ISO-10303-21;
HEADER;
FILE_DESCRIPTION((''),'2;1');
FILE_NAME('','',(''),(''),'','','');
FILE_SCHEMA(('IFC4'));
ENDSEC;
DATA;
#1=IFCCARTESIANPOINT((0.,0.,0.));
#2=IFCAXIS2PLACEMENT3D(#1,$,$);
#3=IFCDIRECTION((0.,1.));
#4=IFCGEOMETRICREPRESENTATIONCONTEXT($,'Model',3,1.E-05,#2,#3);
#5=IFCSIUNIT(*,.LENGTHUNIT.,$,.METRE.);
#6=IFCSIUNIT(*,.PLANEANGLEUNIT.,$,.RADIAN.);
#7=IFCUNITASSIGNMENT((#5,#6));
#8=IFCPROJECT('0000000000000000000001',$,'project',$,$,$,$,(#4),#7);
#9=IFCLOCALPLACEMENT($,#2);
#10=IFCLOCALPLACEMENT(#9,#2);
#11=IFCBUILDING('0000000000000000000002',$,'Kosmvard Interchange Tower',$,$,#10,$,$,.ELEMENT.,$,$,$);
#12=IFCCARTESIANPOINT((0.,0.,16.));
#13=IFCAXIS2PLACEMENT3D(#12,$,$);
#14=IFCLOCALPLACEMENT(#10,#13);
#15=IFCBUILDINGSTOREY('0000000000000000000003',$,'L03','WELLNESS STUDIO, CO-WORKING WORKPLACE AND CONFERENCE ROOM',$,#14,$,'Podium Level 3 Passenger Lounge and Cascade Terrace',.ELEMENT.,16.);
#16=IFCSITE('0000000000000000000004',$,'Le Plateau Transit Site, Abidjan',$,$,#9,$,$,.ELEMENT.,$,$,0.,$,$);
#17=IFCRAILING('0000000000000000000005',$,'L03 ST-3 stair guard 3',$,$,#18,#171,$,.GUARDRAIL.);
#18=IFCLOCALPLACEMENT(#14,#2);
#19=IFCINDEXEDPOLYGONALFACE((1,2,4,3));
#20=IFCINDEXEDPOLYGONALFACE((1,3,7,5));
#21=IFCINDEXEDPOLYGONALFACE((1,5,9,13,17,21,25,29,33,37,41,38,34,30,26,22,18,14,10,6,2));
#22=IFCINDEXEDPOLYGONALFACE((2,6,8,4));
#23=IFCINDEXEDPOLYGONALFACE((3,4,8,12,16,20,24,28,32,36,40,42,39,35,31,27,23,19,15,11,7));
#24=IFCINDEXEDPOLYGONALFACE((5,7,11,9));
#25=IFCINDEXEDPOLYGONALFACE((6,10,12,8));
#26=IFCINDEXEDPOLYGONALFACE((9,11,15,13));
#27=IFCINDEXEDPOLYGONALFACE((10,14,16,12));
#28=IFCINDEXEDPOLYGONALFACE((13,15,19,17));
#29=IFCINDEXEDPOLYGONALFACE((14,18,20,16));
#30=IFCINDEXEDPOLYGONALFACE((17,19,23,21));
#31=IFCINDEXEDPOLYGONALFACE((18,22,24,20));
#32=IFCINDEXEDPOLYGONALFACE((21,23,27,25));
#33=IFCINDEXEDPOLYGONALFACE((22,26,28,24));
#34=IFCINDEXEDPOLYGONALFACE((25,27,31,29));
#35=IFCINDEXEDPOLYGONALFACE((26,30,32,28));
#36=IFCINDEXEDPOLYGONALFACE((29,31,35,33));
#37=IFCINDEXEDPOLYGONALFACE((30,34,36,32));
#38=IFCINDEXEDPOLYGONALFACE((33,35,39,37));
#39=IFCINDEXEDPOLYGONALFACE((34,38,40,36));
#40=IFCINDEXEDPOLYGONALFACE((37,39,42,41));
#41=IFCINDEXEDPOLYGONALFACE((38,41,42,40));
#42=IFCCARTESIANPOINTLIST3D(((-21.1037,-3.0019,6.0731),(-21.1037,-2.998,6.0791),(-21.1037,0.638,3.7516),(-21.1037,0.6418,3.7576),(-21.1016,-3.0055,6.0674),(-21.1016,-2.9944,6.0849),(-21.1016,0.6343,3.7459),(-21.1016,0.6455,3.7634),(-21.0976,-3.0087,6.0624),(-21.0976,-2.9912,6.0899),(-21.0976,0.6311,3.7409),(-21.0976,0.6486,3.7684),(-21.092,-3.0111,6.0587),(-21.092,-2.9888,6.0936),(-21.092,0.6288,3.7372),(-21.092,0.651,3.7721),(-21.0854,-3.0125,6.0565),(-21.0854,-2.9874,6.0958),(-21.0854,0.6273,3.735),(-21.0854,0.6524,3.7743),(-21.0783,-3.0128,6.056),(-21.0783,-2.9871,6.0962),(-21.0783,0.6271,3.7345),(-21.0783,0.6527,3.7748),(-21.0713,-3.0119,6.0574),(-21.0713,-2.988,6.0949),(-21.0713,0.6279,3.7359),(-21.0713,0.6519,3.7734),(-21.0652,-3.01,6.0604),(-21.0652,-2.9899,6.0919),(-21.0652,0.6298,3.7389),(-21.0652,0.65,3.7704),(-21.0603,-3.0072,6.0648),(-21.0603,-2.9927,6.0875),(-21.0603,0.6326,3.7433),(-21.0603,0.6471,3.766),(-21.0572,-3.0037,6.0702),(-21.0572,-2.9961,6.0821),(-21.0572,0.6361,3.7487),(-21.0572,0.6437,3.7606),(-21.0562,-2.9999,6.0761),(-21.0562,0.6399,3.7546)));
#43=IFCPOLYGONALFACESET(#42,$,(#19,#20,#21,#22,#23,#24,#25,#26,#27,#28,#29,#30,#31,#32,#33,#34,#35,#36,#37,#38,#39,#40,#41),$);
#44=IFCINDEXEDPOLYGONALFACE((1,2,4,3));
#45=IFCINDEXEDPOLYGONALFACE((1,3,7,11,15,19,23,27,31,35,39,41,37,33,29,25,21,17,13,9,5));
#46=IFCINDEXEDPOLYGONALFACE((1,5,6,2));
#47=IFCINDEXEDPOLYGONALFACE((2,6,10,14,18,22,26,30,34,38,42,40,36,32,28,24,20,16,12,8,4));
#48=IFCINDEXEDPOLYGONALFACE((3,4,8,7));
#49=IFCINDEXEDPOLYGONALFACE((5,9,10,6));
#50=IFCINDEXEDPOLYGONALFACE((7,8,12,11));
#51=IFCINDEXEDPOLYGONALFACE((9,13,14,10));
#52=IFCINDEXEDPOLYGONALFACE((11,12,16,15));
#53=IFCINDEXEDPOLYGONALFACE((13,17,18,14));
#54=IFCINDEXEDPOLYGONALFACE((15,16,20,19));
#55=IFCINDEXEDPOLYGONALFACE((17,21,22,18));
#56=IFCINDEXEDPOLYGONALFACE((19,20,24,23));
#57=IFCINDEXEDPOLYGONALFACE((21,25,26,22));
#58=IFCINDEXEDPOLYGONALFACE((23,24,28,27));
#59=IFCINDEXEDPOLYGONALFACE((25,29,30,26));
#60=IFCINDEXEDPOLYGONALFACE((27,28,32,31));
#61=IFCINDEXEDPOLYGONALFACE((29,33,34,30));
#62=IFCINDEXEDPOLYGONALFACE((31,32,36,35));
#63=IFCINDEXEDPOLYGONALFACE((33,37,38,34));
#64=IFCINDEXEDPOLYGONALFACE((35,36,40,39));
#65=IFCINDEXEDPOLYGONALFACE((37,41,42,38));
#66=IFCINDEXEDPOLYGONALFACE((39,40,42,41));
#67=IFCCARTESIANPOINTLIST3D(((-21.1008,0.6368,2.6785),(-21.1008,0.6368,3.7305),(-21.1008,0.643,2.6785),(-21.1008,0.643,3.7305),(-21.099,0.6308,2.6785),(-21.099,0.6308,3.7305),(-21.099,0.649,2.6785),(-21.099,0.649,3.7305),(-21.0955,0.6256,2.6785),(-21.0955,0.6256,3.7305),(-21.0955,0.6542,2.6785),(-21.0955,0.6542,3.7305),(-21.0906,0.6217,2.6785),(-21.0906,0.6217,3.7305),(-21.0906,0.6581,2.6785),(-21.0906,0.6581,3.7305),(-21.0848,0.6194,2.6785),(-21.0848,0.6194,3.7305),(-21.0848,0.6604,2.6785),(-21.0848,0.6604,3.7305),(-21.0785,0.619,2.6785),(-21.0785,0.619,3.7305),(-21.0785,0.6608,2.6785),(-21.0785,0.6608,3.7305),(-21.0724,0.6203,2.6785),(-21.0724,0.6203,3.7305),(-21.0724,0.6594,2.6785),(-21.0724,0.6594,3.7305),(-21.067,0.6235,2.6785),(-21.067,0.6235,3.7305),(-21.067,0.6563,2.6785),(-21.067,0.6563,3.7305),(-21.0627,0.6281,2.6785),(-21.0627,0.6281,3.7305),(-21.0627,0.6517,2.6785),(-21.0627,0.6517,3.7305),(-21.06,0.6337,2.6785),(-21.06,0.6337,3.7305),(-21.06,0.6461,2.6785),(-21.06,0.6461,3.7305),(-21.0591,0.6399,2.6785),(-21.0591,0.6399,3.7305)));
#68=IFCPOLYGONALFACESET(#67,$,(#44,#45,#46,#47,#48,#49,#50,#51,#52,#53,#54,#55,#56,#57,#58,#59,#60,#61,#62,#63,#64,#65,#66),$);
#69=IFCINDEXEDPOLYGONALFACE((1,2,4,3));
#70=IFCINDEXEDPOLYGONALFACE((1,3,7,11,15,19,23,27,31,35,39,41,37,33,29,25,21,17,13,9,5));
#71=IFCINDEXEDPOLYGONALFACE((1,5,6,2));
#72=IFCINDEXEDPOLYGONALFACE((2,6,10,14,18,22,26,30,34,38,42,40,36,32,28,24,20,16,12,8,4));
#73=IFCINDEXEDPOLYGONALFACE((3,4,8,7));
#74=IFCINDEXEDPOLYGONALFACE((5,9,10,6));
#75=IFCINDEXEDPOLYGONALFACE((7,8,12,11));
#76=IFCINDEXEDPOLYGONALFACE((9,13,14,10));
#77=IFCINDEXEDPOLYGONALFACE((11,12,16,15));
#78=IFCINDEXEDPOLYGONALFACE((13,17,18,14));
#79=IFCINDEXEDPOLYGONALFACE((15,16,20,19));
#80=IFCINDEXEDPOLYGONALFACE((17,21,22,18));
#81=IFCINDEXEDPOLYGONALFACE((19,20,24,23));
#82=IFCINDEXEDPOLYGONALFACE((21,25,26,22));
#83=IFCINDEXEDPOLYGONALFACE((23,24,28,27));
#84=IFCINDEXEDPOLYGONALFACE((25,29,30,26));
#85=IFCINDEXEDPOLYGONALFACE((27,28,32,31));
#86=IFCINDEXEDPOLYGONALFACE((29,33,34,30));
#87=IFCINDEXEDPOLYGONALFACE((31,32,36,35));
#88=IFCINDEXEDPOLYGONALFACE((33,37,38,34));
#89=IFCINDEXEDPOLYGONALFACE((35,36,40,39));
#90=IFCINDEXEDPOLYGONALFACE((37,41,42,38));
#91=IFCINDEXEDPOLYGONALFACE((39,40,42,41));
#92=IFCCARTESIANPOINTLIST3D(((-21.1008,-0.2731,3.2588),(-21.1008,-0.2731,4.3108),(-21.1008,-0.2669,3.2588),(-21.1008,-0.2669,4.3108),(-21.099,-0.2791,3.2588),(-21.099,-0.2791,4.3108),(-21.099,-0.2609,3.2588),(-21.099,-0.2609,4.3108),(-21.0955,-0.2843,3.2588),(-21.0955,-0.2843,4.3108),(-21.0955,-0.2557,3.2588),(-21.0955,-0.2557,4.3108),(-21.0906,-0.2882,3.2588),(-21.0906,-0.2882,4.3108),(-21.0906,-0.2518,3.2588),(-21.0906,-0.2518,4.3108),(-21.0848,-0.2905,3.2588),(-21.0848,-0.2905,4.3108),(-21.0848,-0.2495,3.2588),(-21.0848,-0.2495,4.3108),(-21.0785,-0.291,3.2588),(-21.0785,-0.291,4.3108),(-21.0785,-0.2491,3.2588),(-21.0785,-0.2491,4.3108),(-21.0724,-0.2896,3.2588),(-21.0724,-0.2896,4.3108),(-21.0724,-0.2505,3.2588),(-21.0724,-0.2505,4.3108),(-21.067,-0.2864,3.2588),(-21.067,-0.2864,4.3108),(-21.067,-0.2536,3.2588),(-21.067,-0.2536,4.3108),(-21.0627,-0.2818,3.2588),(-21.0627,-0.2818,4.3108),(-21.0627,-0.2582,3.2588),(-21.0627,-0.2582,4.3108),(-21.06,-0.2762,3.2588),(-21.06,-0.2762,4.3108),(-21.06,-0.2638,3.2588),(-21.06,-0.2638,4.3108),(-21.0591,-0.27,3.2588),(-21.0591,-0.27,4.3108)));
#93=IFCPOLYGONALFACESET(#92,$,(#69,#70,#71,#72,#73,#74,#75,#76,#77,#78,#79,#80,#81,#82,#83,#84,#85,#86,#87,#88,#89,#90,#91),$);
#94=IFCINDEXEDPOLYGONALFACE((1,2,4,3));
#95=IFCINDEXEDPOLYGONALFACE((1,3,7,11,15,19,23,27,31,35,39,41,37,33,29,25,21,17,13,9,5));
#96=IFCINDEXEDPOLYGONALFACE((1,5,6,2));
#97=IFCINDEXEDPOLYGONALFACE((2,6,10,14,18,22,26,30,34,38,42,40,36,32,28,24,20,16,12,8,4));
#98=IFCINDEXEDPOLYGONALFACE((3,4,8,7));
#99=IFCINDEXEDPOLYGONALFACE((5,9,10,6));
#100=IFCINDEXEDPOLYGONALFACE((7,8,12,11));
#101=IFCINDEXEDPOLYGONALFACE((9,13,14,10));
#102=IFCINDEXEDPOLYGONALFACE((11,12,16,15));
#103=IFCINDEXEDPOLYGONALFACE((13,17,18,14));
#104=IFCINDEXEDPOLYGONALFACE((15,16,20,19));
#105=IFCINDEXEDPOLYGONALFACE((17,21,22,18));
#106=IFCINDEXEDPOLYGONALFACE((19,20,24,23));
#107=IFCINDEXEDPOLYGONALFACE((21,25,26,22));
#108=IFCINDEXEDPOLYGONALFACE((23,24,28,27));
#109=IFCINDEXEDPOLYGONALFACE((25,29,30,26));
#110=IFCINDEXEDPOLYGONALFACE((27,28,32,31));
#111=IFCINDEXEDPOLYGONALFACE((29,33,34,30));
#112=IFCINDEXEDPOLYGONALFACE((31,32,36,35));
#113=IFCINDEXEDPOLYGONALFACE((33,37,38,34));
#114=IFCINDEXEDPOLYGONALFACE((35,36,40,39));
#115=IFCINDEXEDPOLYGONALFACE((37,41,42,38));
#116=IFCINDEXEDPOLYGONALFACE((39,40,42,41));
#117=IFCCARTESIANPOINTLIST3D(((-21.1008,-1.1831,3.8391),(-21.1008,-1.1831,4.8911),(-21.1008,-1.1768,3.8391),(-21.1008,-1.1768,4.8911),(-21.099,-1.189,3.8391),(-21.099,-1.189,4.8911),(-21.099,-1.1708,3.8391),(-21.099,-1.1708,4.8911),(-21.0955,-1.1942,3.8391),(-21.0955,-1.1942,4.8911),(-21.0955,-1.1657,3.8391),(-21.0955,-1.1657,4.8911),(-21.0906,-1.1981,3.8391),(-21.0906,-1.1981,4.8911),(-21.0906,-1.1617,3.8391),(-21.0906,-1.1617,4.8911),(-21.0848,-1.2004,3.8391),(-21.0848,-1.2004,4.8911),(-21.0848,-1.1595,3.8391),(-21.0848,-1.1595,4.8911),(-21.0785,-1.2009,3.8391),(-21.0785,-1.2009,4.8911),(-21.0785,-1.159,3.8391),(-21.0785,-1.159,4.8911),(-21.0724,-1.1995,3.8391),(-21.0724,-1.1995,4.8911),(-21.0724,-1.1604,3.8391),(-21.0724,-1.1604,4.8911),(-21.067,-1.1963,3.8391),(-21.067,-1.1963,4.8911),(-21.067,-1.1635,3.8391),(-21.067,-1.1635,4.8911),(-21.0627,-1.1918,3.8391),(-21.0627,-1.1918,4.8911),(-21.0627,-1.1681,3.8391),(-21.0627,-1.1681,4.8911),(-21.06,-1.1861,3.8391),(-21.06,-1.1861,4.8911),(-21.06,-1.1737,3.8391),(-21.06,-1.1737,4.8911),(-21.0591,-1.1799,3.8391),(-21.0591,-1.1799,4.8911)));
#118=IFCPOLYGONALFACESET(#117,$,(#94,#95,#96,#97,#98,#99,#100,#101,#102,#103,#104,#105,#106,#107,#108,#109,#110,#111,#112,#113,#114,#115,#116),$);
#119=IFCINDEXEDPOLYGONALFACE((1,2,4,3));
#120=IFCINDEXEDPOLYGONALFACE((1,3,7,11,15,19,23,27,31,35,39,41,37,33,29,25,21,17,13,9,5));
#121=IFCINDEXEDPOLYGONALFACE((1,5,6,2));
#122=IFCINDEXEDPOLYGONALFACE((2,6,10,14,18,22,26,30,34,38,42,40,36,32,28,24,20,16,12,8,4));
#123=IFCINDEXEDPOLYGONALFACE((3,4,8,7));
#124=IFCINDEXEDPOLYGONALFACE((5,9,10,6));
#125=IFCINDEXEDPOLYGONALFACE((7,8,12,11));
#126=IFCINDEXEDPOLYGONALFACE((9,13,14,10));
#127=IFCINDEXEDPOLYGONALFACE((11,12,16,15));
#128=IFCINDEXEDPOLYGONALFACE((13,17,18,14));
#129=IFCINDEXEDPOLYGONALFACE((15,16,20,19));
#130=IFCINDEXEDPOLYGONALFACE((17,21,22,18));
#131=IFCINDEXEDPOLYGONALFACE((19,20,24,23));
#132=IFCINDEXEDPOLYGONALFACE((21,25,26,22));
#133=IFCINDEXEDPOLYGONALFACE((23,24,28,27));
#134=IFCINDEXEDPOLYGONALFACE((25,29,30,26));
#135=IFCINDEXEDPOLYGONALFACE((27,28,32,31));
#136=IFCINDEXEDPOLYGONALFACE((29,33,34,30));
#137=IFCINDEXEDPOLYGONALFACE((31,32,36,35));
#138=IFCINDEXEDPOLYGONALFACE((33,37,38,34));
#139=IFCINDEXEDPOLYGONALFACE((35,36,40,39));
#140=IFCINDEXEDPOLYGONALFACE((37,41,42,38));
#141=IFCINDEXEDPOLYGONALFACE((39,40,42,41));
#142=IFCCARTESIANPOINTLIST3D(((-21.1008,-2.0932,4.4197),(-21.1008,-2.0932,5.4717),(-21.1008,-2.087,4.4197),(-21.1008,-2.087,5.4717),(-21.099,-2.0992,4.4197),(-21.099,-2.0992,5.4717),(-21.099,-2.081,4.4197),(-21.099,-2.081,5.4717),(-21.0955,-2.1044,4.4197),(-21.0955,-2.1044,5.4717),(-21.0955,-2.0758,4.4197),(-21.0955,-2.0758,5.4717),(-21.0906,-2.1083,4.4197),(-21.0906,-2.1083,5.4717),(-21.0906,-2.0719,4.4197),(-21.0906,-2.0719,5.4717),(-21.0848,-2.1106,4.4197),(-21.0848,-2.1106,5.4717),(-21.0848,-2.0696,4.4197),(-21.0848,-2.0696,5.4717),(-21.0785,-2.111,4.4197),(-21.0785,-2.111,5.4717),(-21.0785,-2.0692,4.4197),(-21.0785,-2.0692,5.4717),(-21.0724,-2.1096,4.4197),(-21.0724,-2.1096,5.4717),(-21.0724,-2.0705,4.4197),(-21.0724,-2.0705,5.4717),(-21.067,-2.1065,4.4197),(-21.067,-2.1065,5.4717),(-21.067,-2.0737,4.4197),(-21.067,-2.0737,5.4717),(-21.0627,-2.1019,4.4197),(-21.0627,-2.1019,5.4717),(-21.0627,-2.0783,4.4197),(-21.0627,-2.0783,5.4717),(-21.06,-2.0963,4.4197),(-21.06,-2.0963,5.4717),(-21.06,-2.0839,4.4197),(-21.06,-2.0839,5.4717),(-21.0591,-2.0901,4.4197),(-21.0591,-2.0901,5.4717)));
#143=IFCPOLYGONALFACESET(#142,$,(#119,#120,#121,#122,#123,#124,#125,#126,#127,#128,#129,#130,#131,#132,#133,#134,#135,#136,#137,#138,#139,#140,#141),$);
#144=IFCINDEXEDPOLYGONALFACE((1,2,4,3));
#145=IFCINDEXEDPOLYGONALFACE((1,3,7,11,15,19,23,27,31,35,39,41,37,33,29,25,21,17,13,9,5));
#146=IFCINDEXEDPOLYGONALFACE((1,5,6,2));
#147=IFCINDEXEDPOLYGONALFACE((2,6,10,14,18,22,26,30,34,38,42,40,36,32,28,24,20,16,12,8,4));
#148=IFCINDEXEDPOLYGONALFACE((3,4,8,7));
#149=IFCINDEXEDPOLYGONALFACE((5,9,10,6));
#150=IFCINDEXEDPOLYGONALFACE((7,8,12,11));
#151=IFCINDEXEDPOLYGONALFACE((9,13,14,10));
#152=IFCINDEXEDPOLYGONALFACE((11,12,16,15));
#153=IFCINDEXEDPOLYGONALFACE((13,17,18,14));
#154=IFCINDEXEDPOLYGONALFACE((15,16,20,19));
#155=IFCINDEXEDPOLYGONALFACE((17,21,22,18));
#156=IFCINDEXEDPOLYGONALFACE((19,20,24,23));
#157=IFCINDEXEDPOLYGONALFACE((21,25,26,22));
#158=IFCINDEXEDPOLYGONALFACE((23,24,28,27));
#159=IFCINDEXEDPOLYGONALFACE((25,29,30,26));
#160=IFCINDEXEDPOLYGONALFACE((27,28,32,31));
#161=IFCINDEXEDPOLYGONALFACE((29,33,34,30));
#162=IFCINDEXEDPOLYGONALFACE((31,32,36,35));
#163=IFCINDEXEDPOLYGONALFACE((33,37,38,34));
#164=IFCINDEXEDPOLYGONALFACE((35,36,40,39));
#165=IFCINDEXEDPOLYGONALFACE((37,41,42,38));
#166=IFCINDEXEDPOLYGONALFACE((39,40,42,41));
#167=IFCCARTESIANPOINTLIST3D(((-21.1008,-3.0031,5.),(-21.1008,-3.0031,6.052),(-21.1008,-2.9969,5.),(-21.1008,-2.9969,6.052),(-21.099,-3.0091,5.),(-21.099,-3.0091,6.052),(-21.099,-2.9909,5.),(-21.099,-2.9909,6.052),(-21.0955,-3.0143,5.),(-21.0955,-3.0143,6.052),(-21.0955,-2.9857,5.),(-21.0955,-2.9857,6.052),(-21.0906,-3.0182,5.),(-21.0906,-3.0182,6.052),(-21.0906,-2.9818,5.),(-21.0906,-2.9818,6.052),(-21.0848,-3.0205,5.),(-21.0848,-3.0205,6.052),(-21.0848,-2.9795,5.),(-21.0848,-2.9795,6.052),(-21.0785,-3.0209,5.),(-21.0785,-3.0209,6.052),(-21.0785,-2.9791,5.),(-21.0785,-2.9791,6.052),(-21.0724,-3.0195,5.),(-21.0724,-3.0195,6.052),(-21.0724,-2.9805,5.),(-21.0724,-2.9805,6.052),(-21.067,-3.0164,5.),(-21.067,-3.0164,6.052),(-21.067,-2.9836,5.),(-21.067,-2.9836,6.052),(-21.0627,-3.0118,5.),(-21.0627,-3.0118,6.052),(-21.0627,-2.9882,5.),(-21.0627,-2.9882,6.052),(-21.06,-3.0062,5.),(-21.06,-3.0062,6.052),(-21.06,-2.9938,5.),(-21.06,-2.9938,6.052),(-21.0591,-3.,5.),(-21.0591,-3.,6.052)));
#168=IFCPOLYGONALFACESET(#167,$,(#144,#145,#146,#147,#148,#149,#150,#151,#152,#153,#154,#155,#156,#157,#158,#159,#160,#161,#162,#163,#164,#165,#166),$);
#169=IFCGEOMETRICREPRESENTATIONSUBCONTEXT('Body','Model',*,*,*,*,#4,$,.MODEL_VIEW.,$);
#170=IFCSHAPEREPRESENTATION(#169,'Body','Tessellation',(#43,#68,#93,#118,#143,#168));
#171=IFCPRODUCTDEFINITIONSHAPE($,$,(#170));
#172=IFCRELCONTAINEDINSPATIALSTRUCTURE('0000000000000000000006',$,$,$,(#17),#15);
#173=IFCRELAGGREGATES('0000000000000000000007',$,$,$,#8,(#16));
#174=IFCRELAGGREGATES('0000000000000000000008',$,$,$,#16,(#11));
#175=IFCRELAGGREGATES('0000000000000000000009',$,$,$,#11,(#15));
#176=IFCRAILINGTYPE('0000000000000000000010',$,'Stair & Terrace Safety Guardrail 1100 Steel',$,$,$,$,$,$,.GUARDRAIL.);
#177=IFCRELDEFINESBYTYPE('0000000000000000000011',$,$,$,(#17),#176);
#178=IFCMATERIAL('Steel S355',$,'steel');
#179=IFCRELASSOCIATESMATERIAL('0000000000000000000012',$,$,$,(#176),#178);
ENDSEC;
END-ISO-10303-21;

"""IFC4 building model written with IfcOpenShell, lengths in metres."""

from ifc_helpers import new_model, si_unit, direction, frame, origin, origin_2d, place, context, subcontext, project, spatial, circle, extrude, source, transform, mapped, material, type_object, element, save


model = new_model("IFC4")

# Units and contexts
model_context = context("Model", 3, precision=1e-05, world=origin(), true_north=direction((0.0, 1.0)))
body_context = subcontext(model_context, "Body", "Model", "MODEL_VIEW")
ifc_project = project(units=[si_unit("LENGTHUNIT", "METRE"), si_unit("PLANEANGLEUNIT", "RADIAN")], contexts=[model_context])

# Site, building, storey
site_placement = place(None, origin())
site = spatial("IfcSite", under=ifc_project, at=site_placement, Name="Le Plateau Transit Site, Abidjan", CompositionType="ELEMENT", RefElevation=0.0)
building_placement = place(site_placement, origin())
building = spatial("IfcBuilding", under=site, at=building_placement, Name="Kosmvard Interchange Tower", CompositionType="ELEMENT")
storey_placement = place(building_placement, frame((0.0, 0.0, 16.0)))
storey = spatial("IfcBuildingStorey", under=building, at=storey_placement, Name="L03", Description="WELLNESS STUDIO, CO-WORKING WORKPLACE AND CONFERENCE ROOM", LongName="Podium Level 3 Passenger Lounge and Cascade Terrace", CompositionType="ELEMENT", Elevation=16.0)

# Shared definitions
ifc_material_1 = material(Name="Steel S355", Category="steel")

# Railing
railing_type_1 = type_object("IfcRailingType", Name="Stair & Terrace Safety Guardrail 1100 Steel", PredefinedType="GUARDRAIL", material=ifc_material_1)
shared_shape_1 = source(origin(), body_context, "Body", "SweptSolid", [
    extrude(circle(Radius=0.0239, at=origin_2d()), frame((0.0, 0.0, 1.0762), z_axis=(0.0, -0.843112, 0.537739), x_axis=(1.0, 0.0, 0.0)), (0.0, 0.0, 1.0), 4.3171),
    extrude(circle(Radius=0.021, at=origin_2d()), origin(), (0.0, 0.0, 1.0), 1.052),
    extrude(circle(Radius=0.021, at=origin_2d()), frame((0.0, -0.9099, 0.5803)), (0.0, 0.0, 1.0), 1.052),
    extrude(circle(Radius=0.021, at=origin_2d()), frame((0.0, -1.8198, 1.1606)), (0.0, 0.0, 1.0), 1.052),
    extrude(circle(Radius=0.021, at=origin_2d()), frame((0.0, -2.73, 1.7412)), (0.0, 0.0, 1.0), 1.052),
    extrude(circle(Radius=0.021, at=origin_2d()), frame((0.0, -3.6399, 2.3215)), (0.0, 0.0, 1.0), 1.052),
])
railing_1_placement = place(storey_placement, frame((-21.0801, 0.6399, 2.6785)))
element("IfcRailing", 1, at=railing_1_placement, inside=storey, type_object=railing_type_1, Name="L03 ST-3 stair guard 3", PredefinedType="GUARDRAIL", context=body_context, shape_type="MappedRepresentation", body=[
    mapped(shared_shape_1, transform((0.0, 0.0, 0.0), scale=1.0)),
])

save(model, "model.ifc")
